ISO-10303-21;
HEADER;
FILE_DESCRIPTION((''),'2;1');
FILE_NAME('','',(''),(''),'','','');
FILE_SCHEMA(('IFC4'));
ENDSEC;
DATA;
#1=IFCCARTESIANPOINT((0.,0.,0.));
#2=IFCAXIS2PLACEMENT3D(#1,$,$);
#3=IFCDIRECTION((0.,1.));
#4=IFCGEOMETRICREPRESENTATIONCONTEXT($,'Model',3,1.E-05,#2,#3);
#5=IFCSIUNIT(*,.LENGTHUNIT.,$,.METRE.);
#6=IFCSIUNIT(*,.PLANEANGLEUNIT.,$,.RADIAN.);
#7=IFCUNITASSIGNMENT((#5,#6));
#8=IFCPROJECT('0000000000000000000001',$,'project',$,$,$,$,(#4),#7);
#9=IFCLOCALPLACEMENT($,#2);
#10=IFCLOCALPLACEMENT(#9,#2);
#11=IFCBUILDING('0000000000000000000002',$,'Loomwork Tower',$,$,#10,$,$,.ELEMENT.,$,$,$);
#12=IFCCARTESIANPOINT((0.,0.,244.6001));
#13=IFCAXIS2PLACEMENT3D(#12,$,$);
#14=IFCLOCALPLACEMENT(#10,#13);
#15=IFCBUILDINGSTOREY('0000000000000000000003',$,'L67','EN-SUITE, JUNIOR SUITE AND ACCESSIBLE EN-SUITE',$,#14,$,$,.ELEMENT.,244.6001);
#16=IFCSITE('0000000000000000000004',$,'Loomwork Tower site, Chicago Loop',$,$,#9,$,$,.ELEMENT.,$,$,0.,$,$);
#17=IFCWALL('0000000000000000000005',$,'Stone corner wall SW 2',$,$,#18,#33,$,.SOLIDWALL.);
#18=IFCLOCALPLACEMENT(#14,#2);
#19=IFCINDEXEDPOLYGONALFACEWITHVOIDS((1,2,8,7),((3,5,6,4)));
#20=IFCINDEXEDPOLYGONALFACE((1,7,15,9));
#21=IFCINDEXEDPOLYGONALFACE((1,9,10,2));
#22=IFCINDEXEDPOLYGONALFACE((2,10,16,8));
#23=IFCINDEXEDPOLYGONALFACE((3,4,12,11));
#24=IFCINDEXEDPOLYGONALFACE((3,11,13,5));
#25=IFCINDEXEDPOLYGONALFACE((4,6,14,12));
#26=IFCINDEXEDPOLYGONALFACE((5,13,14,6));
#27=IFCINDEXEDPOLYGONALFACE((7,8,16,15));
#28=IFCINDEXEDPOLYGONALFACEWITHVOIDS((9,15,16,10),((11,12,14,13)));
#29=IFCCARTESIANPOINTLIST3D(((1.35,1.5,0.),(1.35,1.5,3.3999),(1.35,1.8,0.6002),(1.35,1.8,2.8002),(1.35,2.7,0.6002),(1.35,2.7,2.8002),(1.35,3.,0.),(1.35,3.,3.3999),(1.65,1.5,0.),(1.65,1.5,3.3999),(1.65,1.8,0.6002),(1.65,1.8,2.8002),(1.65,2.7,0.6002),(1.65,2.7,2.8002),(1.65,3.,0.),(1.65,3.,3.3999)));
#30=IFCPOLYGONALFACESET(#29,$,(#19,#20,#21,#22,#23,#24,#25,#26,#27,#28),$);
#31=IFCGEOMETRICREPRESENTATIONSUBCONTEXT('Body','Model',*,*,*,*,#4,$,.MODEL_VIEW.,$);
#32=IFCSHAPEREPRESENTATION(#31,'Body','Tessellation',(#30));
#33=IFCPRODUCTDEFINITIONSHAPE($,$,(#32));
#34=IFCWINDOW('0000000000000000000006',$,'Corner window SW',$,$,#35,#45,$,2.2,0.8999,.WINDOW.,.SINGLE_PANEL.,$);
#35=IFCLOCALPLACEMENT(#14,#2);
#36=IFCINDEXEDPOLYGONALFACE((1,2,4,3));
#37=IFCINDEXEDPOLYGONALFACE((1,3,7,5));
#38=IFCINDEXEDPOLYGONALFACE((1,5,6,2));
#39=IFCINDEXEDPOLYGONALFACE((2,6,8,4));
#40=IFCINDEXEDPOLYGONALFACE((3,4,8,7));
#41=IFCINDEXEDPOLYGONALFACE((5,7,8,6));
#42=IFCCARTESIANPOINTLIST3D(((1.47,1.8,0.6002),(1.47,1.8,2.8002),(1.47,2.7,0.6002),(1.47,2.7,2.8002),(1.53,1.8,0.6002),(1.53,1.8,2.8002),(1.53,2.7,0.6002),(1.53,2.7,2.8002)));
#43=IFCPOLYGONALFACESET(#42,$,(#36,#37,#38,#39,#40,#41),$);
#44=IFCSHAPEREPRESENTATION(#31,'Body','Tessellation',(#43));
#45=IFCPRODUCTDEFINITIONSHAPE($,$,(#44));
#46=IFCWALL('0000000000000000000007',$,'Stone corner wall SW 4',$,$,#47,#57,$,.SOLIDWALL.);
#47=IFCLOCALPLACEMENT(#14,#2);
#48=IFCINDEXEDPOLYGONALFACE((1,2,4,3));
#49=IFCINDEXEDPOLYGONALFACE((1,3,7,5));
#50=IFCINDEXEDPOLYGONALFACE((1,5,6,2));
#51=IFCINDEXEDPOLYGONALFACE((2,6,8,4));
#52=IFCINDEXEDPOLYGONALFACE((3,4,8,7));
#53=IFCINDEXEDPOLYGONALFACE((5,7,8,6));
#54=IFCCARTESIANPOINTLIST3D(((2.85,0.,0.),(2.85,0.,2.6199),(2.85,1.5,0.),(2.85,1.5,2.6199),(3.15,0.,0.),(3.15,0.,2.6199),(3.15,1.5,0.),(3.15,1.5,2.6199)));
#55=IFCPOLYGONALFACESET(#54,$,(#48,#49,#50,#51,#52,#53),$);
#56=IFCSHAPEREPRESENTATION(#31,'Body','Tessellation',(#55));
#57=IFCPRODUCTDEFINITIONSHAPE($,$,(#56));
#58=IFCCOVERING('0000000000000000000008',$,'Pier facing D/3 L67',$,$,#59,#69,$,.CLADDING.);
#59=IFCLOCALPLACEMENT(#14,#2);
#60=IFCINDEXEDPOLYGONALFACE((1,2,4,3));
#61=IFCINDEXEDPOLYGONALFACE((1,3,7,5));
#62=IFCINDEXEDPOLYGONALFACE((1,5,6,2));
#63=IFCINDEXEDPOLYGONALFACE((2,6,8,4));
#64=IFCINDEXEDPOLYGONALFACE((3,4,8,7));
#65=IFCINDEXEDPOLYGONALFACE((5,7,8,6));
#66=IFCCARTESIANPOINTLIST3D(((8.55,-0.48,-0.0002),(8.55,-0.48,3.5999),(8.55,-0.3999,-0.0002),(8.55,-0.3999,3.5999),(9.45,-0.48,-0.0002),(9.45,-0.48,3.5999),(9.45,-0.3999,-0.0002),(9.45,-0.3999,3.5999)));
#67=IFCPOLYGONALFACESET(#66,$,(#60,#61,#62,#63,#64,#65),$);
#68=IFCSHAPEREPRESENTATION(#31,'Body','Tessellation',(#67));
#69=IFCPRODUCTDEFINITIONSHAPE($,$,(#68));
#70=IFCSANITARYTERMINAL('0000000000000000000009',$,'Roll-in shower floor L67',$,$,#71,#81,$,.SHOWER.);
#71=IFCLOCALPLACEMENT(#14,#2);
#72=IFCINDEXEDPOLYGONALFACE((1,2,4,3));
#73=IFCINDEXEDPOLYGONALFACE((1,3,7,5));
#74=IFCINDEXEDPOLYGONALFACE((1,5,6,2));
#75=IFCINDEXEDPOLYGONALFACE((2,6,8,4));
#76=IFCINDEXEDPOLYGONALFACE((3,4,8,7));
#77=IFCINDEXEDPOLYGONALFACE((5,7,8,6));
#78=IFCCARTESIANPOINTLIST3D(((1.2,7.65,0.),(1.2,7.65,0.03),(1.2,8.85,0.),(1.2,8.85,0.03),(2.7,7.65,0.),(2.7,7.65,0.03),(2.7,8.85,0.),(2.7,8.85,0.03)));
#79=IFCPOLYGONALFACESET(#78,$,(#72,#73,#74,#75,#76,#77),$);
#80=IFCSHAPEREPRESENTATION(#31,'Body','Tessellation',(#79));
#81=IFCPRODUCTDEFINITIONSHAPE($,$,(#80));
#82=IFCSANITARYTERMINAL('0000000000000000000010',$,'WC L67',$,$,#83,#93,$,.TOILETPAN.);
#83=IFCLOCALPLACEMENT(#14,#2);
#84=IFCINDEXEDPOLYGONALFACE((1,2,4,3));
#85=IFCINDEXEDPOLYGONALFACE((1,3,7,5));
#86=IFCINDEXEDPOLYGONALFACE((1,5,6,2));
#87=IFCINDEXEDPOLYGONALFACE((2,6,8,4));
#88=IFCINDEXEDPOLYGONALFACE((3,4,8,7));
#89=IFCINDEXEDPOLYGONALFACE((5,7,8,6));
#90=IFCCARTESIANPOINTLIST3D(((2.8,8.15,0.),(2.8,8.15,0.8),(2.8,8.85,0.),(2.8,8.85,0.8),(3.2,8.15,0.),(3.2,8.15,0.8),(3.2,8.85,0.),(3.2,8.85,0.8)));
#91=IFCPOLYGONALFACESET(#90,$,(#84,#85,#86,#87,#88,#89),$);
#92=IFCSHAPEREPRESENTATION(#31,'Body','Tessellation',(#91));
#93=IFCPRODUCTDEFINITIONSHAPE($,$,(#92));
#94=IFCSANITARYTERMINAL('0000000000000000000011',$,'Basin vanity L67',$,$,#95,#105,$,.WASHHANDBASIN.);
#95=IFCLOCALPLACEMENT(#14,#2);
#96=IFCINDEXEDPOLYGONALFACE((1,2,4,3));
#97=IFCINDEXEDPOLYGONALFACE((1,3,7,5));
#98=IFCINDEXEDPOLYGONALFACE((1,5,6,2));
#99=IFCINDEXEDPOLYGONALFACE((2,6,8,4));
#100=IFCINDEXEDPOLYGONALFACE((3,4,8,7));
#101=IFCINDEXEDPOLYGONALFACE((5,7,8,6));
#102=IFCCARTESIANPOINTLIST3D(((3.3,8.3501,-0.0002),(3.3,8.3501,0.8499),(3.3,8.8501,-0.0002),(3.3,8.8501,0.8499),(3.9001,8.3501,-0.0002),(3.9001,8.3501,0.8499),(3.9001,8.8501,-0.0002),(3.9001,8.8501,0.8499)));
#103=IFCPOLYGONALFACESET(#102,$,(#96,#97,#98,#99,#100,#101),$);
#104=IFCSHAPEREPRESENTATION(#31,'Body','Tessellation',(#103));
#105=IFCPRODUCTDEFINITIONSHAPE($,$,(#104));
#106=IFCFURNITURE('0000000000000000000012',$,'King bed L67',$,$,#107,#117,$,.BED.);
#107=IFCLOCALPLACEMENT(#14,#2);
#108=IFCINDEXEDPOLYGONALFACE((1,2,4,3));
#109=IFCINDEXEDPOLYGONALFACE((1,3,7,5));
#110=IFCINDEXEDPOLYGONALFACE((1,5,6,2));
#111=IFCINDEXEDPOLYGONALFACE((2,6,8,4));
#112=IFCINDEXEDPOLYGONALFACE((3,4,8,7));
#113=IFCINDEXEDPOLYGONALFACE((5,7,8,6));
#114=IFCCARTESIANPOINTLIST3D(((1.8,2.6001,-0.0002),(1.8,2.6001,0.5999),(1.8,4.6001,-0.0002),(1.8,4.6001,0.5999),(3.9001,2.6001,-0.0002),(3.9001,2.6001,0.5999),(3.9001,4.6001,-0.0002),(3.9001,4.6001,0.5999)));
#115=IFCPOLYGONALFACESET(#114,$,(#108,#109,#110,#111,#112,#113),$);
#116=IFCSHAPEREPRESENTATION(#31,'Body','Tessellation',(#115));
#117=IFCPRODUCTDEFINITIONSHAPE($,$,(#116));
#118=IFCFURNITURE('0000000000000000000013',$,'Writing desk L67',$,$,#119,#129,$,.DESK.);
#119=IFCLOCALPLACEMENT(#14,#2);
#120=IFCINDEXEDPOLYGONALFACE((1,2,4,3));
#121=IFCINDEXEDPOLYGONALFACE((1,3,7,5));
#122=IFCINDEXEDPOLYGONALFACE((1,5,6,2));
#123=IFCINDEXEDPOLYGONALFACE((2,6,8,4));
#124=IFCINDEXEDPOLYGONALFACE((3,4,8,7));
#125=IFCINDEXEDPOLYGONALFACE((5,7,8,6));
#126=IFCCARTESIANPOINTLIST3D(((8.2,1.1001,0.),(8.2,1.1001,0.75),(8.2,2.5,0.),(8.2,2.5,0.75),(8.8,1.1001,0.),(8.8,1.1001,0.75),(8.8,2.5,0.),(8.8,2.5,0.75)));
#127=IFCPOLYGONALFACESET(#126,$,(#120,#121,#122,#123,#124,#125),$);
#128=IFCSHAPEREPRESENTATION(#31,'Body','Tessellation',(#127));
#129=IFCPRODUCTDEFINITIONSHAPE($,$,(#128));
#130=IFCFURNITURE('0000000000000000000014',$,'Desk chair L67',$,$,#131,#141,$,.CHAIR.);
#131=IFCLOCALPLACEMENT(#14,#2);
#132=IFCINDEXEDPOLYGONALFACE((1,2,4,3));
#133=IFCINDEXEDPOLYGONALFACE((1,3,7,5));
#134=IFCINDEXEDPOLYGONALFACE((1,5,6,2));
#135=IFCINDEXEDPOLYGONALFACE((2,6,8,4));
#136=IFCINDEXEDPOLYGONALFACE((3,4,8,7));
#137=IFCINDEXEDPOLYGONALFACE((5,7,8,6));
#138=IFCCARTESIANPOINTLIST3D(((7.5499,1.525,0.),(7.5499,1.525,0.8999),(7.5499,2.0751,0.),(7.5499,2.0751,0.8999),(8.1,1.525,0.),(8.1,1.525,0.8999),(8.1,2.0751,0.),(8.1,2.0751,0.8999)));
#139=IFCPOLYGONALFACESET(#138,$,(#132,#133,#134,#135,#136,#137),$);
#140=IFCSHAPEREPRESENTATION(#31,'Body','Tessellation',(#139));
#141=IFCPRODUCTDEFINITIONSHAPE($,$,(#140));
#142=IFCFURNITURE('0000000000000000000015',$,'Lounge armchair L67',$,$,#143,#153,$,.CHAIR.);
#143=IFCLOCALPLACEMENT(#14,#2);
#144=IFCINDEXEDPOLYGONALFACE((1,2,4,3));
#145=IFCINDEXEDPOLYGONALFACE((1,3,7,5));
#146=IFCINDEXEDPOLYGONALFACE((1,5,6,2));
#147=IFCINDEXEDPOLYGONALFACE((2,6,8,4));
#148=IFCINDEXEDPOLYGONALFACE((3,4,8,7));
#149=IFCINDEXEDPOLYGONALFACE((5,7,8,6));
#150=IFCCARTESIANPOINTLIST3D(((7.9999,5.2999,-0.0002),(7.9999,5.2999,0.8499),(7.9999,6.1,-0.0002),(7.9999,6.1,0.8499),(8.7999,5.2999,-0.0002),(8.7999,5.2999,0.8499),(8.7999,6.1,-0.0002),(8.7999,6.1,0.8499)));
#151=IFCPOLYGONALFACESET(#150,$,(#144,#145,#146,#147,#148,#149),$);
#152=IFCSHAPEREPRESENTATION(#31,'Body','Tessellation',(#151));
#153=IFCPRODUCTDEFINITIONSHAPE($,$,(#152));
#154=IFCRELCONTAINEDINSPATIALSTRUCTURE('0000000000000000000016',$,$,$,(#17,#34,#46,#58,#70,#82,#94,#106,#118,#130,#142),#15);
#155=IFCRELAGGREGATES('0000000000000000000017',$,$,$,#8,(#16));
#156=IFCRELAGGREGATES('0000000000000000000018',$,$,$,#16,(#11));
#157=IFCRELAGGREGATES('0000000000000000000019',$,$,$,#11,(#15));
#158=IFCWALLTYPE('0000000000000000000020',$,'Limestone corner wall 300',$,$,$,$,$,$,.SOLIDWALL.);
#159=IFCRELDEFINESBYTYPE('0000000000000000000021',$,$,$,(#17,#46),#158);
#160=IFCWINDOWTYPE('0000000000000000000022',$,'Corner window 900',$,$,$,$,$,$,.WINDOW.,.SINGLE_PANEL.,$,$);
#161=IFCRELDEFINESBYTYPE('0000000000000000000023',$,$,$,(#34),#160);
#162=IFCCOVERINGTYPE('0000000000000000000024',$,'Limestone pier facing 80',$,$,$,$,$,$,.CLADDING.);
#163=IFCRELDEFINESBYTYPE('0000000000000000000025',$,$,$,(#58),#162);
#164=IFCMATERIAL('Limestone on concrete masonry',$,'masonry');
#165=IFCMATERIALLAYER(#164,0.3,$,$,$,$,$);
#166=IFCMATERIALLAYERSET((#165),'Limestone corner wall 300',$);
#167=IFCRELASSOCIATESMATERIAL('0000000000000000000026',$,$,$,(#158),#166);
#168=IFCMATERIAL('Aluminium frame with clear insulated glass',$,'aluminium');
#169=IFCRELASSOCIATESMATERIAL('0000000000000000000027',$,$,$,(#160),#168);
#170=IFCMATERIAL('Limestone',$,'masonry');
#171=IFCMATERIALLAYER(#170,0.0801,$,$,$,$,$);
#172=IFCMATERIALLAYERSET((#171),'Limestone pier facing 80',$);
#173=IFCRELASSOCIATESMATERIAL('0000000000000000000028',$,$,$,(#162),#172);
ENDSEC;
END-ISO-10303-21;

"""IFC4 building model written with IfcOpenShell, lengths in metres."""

from ifc_helpers import new_model, si_unit, direction, frame, frame_2d, origin, origin_2d, place, context, subcontext, project, spatial, rectangle, extrude, material, layer, layer_set, type_object, element, fill, save


model = new_model("IFC4")

# Units and contexts
model_context = context("Model", 3, precision=1e-05, world=origin(), true_north=direction((0.0, 1.0)))
body_context = subcontext(model_context, "Body", "Model", "MODEL_VIEW")
ifc_project = project(units=[si_unit("LENGTHUNIT", "METRE"), si_unit("PLANEANGLEUNIT", "RADIAN")], contexts=[model_context])

# Site, building, storey
site_placement = place(None, origin())
site = spatial("IfcSite", under=ifc_project, at=site_placement, Name="Loomwork Tower site, Chicago Loop", CompositionType="ELEMENT", RefElevation=0.0)
building_placement = place(site_placement, origin())
building = spatial("IfcBuilding", under=site, at=building_placement, Name="Loomwork Tower", CompositionType="ELEMENT")
storey_placement = place(building_placement, frame((0.0, 0.0, 244.6001)))
storey = spatial("IfcBuildingStorey", under=building, at=storey_placement, Name="L67", Description="EN-SUITE, JUNIOR SUITE AND ACCESSIBLE EN-SUITE", CompositionType="ELEMENT", Elevation=244.6001)

# Wall, opening, window
ifc_material_1 = material(Name="Limestone on concrete masonry", Category="masonry")
ifc_layer_1 = layer(ifc_material_1, 0.3)
ifc_layer_set_1 = layer_set([ifc_layer_1], Name="Limestone corner wall 300")
wall_type_1 = type_object("IfcWallType", Name="Limestone corner wall 300", PredefinedType="SOLIDWALL", material=ifc_layer_set_1)
wall_1_placement = place(storey_placement, frame((1.5, 3.0, 0.0), z_axis=(0.0, 0.0, 1.0), x_axis=(0.0, -1.0, 0.0)))
wall_1 = element("IfcWall", 1, at=wall_1_placement, inside=storey, type_object=wall_type_1, Name="Stone corner wall SW 2", PredefinedType="SOLIDWALL", context=body_context, shape_type="SweptSolid", body=[
    extrude(rectangle(XDim=1.5, YDim=0.3, at=frame_2d((0.75, 0.0))), origin(), (0.0, 0.0, 1.0), 3.3999),
])
opening_1_placement = place(wall_1_placement, frame((0.3, 0.0, 0.6001)))
opening_1 = element("IfcOpeningElement", 2, at=opening_1_placement, cuts=wall_1, PredefinedType="OPENING", context=body_context, shape_type="SweptSolid", body=[
    extrude(rectangle(XDim=0.8999, YDim=2.2, at=frame_2d((0.45, 1.1001))), frame((0.0, 0.1599, 0.0), z_axis=(0.0, -1.0, 0.0), x_axis=(1.0, 0.0, 0.0)), (0.0, 0.0, 1.0), 0.3201),
])
ifc_material_2 = material(Name="Aluminium frame with clear insulated glass", Category="aluminium")
window_type_1 = type_object("IfcWindowType", Name="Corner window 900", PartitioningType="SINGLE_PANEL", PredefinedType="WINDOW", material=ifc_material_2)
window_1_placement = place(opening_1_placement, origin())
window_1 = element("IfcWindow", 3, at=window_1_placement, inside=storey, type_object=window_type_1, Name="Corner window SW", OverallHeight=2.2, OverallWidth=0.8999, PartitioningType="SINGLE_PANEL", PredefinedType="WINDOW", context=body_context, shape_type="SweptSolid", body=[
    extrude(rectangle(XDim=0.8999, YDim=2.2, at=frame_2d((0.45, 1.1001))), frame((0.0, 0.03, 0.0), z_axis=(0.0, -1.0, 0.0), x_axis=(1.0, 0.0, 0.0)), (0.0, 0.0, 1.0), 0.0601),
])
fill(opening_1, window_1)

# Wall
wall_2_placement = place(storey_placement, frame((3.0, 1.5, 0.0), z_axis=(0.0, 0.0, 1.0), x_axis=(0.0, -1.0, 0.0)))
element("IfcWall", 4, at=wall_2_placement, inside=storey, type_object=wall_type_1, Name="Stone corner wall SW 4", PredefinedType="SOLIDWALL", context=body_context, shape_type="SweptSolid", body=[
    extrude(rectangle(XDim=1.5, YDim=0.3, at=frame_2d((0.75, 0.0))), origin(), (0.0, 0.0, 1.0), 2.6199),
])

# Covering
ifc_material_3 = material(Name="Limestone", Category="masonry")
ifc_layer_2 = layer(ifc_material_3, 0.0801)
ifc_layer_set_2 = layer_set([ifc_layer_2], Name="Limestone pier facing 80")
covering_type = type_object("IfcCoveringType", Name="Limestone pier facing 80", PredefinedType="CLADDING", material=ifc_layer_set_2)
covering_placement = place(storey_placement, frame((9.0, -0.4399, -0.0002), z_axis=(0.0, 0.0, 1.0), x_axis=(1.0, 0.0, 0.0)))
element("IfcCovering", 5, at=covering_placement, inside=storey, type_object=covering_type, Name="Pier facing D/3 L67", PredefinedType="CLADDING", context=body_context, shape_type="SweptSolid", body=[
    extrude(rectangle(XDim=0.8999, YDim=0.0801, at=origin_2d()), origin(), (0.0, 0.0, 1.0), 3.6001),
])

# Sanitary terminals
sanitary_terminal_1_placement = place(storey_placement, frame((1.95, 8.25, 0.0), z_axis=(0.0, 0.0, 1.0), x_axis=(1.0, 0.0, 0.0)))
element("IfcSanitaryTerminal", 6, at=sanitary_terminal_1_placement, inside=storey, Name="Roll-in shower floor L67", PredefinedType="SHOWER", context=body_context, shape_type="SweptSolid", body=[
    extrude(rectangle(XDim=1.5, YDim=1.2, at=origin_2d()), origin(), (0.0, 0.0, 1.0), 0.03),
])
sanitary_terminal_2_placement = place(storey_placement, frame((3.0, 8.5, 0.0), z_axis=(0.0, 0.0, 1.0), x_axis=(1.0, 0.0, 0.0)))
element("IfcSanitaryTerminal", 7, at=sanitary_terminal_2_placement, inside=storey, Name="WC L67", PredefinedType="TOILETPAN", context=body_context, shape_type="SweptSolid", body=[
    extrude(rectangle(XDim=0.3999, YDim=0.7, at=origin_2d()), origin(), (0.0, 0.0, 1.0), 0.8),
])
sanitary_terminal_3_placement = place(storey_placement, frame((3.6001, 8.6001, -0.0002), z_axis=(0.0, 0.0, 1.0), x_axis=(1.0, 0.0, 0.0)))
element("IfcSanitaryTerminal", 8, at=sanitary_terminal_3_placement, inside=storey, Name="Basin vanity L67", PredefinedType="WASHHANDBASIN", context=body_context, shape_type="SweptSolid", body=[
    extrude(rectangle(XDim=0.6001, YDim=0.5, at=origin_2d()), origin(), (0.0, 0.0, 1.0), 0.8501),
])

# Furniture
furniture_1_placement = place(storey_placement, frame((2.8501, 3.6001, -0.0002), z_axis=(0.0, 0.0, 1.0), x_axis=(1.0, 0.0, 0.0)))
element("IfcFurniture", 9, at=furniture_1_placement, inside=storey, Name="King bed L67", PredefinedType="BED", context=body_context, shape_type="SweptSolid", body=[
    extrude(rectangle(XDim=2.1001, YDim=2.0, at=origin_2d()), origin(), (0.0, 0.0, 1.0), 0.6001),
])
furniture_2_placement = place(storey_placement, frame((8.5, 1.8, 0.0), z_axis=(0.0, 0.0, 1.0), x_axis=(1.0, 0.0, 0.0)))
element("IfcFurniture", 10, at=furniture_2_placement, inside=storey, Name="Writing desk L67", PredefinedType="DESK", context=body_context, shape_type="SweptSolid", body=[
    extrude(rectangle(XDim=0.6001, YDim=1.3999, at=origin_2d()), origin(), (0.0, 0.0, 1.0), 0.75),
])
furniture_3_placement = place(storey_placement, frame((7.825, 1.8, 0.0), z_axis=(0.0, 0.0, 1.0), x_axis=(1.0, 0.0, 0.0)))
element("IfcFurniture", 11, at=furniture_3_placement, inside=storey, Name="Desk chair L67", PredefinedType="CHAIR", context=body_context, shape_type="SweptSolid", body=[
    extrude(rectangle(XDim=0.55, YDim=0.55, at=origin_2d()), origin(), (0.0, 0.0, 1.0), 0.8999),
])
furniture_4_placement = place(storey_placement, frame((8.3999, 5.7, -0.0002), z_axis=(0.0, 0.0, 1.0), x_axis=(1.0, 0.0, 0.0)))
element("IfcFurniture", 12, at=furniture_4_placement, inside=storey, Name="Lounge armchair L67", PredefinedType="CHAIR", context=body_context, shape_type="SweptSolid", body=[
    extrude(rectangle(XDim=0.8, YDim=0.8, at=origin_2d()), origin(), (0.0, 0.0, 1.0), 0.8501),
])

save(model, "model.ifc")
